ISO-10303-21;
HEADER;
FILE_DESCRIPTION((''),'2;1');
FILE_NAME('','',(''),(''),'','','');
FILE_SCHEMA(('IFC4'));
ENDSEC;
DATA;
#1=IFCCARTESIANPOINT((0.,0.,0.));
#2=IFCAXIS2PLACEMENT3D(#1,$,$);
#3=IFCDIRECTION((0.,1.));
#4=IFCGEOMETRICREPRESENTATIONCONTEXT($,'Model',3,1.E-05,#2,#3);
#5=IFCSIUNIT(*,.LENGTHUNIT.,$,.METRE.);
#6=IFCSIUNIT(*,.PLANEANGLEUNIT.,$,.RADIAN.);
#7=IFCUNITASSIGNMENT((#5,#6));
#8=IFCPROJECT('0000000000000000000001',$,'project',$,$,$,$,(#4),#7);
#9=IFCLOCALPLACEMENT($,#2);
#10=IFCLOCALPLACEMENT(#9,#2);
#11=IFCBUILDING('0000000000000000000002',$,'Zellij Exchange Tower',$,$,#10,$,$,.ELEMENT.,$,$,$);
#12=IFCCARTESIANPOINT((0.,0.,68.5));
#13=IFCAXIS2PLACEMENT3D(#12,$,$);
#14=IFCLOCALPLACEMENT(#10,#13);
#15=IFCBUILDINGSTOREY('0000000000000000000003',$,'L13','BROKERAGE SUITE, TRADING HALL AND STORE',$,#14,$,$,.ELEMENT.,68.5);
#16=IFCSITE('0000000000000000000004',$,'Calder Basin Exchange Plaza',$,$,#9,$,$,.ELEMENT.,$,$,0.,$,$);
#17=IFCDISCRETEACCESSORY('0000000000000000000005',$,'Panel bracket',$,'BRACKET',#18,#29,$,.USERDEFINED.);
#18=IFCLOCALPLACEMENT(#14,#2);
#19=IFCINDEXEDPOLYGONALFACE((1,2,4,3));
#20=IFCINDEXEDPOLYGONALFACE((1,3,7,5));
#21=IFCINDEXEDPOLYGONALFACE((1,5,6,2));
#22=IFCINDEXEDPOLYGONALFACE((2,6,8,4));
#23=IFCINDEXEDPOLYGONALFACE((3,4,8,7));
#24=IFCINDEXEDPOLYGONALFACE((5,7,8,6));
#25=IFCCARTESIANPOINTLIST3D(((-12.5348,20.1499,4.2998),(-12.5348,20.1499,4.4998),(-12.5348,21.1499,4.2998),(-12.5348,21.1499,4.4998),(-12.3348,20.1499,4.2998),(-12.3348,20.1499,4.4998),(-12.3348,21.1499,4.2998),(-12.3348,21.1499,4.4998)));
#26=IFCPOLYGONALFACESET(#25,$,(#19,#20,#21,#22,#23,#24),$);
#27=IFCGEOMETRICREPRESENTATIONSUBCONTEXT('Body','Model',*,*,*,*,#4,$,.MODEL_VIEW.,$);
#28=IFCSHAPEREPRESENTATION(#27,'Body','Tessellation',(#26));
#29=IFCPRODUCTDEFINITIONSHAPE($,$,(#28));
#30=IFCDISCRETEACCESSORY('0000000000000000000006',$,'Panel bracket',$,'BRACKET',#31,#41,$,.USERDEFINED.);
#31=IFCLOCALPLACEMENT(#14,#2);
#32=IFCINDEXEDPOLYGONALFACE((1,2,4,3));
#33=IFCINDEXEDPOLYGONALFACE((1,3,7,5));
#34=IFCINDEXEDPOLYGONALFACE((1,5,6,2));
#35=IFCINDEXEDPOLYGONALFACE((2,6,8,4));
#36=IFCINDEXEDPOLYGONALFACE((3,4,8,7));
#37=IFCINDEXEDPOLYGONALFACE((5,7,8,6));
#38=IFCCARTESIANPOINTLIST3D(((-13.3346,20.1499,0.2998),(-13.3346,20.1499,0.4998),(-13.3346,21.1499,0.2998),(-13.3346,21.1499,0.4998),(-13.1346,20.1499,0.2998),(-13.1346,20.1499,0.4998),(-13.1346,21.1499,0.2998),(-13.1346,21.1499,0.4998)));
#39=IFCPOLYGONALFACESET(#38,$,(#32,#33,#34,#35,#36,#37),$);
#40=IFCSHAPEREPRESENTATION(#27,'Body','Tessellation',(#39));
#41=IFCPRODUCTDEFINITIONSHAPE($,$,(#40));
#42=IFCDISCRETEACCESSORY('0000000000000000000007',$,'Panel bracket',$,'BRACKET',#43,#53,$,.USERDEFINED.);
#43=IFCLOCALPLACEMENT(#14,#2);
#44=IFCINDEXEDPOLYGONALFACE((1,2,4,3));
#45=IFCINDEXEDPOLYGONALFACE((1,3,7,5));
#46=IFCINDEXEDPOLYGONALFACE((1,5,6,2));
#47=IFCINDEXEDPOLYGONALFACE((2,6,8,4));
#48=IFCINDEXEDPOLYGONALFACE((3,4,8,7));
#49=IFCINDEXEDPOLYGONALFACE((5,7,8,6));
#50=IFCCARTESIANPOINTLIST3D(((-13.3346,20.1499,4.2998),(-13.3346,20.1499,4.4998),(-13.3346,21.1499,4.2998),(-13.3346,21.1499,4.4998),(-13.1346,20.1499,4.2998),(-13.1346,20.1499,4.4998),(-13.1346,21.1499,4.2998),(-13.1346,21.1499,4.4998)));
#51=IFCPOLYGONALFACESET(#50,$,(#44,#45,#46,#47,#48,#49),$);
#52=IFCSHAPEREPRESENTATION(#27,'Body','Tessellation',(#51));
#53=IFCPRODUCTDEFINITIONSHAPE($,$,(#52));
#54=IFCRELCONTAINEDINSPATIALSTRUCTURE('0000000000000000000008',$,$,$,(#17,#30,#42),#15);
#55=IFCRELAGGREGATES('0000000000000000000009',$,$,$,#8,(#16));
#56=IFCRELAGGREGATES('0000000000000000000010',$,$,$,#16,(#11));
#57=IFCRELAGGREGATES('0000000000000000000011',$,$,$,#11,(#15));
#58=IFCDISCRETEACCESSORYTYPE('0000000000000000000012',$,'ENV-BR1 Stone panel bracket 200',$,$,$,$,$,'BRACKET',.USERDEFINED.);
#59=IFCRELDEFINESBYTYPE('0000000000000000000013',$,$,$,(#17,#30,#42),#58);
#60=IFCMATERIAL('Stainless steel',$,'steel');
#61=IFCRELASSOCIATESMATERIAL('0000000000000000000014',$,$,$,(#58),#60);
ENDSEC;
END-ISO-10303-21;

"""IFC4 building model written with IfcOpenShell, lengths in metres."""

from ifc_helpers import new_model, si_unit, direction, frame, origin, origin_2d, place, context, subcontext, project, spatial, rectangle, extrude, material, type_object, element, save


model = new_model("IFC4")

# Units and contexts
model_context = context("Model", 3, precision=1e-05, world=origin(), true_north=direction((0.0, 1.0)))
body_context = subcontext(model_context, "Body", "Model", "MODEL_VIEW")
ifc_project = project(units=[si_unit("LENGTHUNIT", "METRE"), si_unit("PLANEANGLEUNIT", "RADIAN")], contexts=[model_context])

# Site, building, storey
site_placement = place(None, origin())
site = spatial("IfcSite", under=ifc_project, at=site_placement, Name="Calder Basin Exchange Plaza", CompositionType="ELEMENT", RefElevation=0.0)
building_placement = place(site_placement, origin())
building = spatial("IfcBuilding", under=site, at=building_placement, Name="Zellij Exchange Tower", CompositionType="ELEMENT")
storey_placement = place(building_placement, frame((0.0, 0.0, 68.5)))
storey = spatial("IfcBuildingStorey", under=building, at=storey_placement, Name="L13", Description="BROKERAGE SUITE, TRADING HALL AND STORE", CompositionType="ELEMENT", Elevation=68.5)

# Discrete accessories
ifc_material_1 = material(Name="Stainless steel", Category="steel")
discrete_accessory_type = type_object("IfcDiscreteAccessoryType", Name="ENV-BR1 Stone panel bracket 200", ElementType="BRACKET", PredefinedType="USERDEFINED", material=ifc_material_1)
for number, where, z_axis, x_axis, name in (
    (1, (-12.4348, 20.6499, 4.2998), (0.0, 0.0, 1.0), (-1.0, 0.0, 0.0), "Panel bracket"),
    (2, (-13.2346, 20.6499, 0.2998), (0.0, 0.0, 1.0), (-1.0, 0.0, 0.0), "Panel bracket"),
    (3, (-13.2346, 20.6499, 4.2998), (0.0, 0.0, 1.0), (-1.0, 0.0, 0.0), "Panel bracket"),
):
    element("IfcDiscreteAccessory", number, at=place(storey_placement, frame(where, z_axis=z_axis, x_axis=x_axis)), inside=storey, type_object=discrete_accessory_type, Name=name, ObjectType="BRACKET", PredefinedType="USERDEFINED", context=body_context, shape_type="SweptSolid", body=[
        extrude(rectangle(XDim=0.2, YDim=1.0, at=origin_2d()), origin(), (0.0, 0.0, 1.0), 0.2),
    ])

save(model, "model.ifc")
